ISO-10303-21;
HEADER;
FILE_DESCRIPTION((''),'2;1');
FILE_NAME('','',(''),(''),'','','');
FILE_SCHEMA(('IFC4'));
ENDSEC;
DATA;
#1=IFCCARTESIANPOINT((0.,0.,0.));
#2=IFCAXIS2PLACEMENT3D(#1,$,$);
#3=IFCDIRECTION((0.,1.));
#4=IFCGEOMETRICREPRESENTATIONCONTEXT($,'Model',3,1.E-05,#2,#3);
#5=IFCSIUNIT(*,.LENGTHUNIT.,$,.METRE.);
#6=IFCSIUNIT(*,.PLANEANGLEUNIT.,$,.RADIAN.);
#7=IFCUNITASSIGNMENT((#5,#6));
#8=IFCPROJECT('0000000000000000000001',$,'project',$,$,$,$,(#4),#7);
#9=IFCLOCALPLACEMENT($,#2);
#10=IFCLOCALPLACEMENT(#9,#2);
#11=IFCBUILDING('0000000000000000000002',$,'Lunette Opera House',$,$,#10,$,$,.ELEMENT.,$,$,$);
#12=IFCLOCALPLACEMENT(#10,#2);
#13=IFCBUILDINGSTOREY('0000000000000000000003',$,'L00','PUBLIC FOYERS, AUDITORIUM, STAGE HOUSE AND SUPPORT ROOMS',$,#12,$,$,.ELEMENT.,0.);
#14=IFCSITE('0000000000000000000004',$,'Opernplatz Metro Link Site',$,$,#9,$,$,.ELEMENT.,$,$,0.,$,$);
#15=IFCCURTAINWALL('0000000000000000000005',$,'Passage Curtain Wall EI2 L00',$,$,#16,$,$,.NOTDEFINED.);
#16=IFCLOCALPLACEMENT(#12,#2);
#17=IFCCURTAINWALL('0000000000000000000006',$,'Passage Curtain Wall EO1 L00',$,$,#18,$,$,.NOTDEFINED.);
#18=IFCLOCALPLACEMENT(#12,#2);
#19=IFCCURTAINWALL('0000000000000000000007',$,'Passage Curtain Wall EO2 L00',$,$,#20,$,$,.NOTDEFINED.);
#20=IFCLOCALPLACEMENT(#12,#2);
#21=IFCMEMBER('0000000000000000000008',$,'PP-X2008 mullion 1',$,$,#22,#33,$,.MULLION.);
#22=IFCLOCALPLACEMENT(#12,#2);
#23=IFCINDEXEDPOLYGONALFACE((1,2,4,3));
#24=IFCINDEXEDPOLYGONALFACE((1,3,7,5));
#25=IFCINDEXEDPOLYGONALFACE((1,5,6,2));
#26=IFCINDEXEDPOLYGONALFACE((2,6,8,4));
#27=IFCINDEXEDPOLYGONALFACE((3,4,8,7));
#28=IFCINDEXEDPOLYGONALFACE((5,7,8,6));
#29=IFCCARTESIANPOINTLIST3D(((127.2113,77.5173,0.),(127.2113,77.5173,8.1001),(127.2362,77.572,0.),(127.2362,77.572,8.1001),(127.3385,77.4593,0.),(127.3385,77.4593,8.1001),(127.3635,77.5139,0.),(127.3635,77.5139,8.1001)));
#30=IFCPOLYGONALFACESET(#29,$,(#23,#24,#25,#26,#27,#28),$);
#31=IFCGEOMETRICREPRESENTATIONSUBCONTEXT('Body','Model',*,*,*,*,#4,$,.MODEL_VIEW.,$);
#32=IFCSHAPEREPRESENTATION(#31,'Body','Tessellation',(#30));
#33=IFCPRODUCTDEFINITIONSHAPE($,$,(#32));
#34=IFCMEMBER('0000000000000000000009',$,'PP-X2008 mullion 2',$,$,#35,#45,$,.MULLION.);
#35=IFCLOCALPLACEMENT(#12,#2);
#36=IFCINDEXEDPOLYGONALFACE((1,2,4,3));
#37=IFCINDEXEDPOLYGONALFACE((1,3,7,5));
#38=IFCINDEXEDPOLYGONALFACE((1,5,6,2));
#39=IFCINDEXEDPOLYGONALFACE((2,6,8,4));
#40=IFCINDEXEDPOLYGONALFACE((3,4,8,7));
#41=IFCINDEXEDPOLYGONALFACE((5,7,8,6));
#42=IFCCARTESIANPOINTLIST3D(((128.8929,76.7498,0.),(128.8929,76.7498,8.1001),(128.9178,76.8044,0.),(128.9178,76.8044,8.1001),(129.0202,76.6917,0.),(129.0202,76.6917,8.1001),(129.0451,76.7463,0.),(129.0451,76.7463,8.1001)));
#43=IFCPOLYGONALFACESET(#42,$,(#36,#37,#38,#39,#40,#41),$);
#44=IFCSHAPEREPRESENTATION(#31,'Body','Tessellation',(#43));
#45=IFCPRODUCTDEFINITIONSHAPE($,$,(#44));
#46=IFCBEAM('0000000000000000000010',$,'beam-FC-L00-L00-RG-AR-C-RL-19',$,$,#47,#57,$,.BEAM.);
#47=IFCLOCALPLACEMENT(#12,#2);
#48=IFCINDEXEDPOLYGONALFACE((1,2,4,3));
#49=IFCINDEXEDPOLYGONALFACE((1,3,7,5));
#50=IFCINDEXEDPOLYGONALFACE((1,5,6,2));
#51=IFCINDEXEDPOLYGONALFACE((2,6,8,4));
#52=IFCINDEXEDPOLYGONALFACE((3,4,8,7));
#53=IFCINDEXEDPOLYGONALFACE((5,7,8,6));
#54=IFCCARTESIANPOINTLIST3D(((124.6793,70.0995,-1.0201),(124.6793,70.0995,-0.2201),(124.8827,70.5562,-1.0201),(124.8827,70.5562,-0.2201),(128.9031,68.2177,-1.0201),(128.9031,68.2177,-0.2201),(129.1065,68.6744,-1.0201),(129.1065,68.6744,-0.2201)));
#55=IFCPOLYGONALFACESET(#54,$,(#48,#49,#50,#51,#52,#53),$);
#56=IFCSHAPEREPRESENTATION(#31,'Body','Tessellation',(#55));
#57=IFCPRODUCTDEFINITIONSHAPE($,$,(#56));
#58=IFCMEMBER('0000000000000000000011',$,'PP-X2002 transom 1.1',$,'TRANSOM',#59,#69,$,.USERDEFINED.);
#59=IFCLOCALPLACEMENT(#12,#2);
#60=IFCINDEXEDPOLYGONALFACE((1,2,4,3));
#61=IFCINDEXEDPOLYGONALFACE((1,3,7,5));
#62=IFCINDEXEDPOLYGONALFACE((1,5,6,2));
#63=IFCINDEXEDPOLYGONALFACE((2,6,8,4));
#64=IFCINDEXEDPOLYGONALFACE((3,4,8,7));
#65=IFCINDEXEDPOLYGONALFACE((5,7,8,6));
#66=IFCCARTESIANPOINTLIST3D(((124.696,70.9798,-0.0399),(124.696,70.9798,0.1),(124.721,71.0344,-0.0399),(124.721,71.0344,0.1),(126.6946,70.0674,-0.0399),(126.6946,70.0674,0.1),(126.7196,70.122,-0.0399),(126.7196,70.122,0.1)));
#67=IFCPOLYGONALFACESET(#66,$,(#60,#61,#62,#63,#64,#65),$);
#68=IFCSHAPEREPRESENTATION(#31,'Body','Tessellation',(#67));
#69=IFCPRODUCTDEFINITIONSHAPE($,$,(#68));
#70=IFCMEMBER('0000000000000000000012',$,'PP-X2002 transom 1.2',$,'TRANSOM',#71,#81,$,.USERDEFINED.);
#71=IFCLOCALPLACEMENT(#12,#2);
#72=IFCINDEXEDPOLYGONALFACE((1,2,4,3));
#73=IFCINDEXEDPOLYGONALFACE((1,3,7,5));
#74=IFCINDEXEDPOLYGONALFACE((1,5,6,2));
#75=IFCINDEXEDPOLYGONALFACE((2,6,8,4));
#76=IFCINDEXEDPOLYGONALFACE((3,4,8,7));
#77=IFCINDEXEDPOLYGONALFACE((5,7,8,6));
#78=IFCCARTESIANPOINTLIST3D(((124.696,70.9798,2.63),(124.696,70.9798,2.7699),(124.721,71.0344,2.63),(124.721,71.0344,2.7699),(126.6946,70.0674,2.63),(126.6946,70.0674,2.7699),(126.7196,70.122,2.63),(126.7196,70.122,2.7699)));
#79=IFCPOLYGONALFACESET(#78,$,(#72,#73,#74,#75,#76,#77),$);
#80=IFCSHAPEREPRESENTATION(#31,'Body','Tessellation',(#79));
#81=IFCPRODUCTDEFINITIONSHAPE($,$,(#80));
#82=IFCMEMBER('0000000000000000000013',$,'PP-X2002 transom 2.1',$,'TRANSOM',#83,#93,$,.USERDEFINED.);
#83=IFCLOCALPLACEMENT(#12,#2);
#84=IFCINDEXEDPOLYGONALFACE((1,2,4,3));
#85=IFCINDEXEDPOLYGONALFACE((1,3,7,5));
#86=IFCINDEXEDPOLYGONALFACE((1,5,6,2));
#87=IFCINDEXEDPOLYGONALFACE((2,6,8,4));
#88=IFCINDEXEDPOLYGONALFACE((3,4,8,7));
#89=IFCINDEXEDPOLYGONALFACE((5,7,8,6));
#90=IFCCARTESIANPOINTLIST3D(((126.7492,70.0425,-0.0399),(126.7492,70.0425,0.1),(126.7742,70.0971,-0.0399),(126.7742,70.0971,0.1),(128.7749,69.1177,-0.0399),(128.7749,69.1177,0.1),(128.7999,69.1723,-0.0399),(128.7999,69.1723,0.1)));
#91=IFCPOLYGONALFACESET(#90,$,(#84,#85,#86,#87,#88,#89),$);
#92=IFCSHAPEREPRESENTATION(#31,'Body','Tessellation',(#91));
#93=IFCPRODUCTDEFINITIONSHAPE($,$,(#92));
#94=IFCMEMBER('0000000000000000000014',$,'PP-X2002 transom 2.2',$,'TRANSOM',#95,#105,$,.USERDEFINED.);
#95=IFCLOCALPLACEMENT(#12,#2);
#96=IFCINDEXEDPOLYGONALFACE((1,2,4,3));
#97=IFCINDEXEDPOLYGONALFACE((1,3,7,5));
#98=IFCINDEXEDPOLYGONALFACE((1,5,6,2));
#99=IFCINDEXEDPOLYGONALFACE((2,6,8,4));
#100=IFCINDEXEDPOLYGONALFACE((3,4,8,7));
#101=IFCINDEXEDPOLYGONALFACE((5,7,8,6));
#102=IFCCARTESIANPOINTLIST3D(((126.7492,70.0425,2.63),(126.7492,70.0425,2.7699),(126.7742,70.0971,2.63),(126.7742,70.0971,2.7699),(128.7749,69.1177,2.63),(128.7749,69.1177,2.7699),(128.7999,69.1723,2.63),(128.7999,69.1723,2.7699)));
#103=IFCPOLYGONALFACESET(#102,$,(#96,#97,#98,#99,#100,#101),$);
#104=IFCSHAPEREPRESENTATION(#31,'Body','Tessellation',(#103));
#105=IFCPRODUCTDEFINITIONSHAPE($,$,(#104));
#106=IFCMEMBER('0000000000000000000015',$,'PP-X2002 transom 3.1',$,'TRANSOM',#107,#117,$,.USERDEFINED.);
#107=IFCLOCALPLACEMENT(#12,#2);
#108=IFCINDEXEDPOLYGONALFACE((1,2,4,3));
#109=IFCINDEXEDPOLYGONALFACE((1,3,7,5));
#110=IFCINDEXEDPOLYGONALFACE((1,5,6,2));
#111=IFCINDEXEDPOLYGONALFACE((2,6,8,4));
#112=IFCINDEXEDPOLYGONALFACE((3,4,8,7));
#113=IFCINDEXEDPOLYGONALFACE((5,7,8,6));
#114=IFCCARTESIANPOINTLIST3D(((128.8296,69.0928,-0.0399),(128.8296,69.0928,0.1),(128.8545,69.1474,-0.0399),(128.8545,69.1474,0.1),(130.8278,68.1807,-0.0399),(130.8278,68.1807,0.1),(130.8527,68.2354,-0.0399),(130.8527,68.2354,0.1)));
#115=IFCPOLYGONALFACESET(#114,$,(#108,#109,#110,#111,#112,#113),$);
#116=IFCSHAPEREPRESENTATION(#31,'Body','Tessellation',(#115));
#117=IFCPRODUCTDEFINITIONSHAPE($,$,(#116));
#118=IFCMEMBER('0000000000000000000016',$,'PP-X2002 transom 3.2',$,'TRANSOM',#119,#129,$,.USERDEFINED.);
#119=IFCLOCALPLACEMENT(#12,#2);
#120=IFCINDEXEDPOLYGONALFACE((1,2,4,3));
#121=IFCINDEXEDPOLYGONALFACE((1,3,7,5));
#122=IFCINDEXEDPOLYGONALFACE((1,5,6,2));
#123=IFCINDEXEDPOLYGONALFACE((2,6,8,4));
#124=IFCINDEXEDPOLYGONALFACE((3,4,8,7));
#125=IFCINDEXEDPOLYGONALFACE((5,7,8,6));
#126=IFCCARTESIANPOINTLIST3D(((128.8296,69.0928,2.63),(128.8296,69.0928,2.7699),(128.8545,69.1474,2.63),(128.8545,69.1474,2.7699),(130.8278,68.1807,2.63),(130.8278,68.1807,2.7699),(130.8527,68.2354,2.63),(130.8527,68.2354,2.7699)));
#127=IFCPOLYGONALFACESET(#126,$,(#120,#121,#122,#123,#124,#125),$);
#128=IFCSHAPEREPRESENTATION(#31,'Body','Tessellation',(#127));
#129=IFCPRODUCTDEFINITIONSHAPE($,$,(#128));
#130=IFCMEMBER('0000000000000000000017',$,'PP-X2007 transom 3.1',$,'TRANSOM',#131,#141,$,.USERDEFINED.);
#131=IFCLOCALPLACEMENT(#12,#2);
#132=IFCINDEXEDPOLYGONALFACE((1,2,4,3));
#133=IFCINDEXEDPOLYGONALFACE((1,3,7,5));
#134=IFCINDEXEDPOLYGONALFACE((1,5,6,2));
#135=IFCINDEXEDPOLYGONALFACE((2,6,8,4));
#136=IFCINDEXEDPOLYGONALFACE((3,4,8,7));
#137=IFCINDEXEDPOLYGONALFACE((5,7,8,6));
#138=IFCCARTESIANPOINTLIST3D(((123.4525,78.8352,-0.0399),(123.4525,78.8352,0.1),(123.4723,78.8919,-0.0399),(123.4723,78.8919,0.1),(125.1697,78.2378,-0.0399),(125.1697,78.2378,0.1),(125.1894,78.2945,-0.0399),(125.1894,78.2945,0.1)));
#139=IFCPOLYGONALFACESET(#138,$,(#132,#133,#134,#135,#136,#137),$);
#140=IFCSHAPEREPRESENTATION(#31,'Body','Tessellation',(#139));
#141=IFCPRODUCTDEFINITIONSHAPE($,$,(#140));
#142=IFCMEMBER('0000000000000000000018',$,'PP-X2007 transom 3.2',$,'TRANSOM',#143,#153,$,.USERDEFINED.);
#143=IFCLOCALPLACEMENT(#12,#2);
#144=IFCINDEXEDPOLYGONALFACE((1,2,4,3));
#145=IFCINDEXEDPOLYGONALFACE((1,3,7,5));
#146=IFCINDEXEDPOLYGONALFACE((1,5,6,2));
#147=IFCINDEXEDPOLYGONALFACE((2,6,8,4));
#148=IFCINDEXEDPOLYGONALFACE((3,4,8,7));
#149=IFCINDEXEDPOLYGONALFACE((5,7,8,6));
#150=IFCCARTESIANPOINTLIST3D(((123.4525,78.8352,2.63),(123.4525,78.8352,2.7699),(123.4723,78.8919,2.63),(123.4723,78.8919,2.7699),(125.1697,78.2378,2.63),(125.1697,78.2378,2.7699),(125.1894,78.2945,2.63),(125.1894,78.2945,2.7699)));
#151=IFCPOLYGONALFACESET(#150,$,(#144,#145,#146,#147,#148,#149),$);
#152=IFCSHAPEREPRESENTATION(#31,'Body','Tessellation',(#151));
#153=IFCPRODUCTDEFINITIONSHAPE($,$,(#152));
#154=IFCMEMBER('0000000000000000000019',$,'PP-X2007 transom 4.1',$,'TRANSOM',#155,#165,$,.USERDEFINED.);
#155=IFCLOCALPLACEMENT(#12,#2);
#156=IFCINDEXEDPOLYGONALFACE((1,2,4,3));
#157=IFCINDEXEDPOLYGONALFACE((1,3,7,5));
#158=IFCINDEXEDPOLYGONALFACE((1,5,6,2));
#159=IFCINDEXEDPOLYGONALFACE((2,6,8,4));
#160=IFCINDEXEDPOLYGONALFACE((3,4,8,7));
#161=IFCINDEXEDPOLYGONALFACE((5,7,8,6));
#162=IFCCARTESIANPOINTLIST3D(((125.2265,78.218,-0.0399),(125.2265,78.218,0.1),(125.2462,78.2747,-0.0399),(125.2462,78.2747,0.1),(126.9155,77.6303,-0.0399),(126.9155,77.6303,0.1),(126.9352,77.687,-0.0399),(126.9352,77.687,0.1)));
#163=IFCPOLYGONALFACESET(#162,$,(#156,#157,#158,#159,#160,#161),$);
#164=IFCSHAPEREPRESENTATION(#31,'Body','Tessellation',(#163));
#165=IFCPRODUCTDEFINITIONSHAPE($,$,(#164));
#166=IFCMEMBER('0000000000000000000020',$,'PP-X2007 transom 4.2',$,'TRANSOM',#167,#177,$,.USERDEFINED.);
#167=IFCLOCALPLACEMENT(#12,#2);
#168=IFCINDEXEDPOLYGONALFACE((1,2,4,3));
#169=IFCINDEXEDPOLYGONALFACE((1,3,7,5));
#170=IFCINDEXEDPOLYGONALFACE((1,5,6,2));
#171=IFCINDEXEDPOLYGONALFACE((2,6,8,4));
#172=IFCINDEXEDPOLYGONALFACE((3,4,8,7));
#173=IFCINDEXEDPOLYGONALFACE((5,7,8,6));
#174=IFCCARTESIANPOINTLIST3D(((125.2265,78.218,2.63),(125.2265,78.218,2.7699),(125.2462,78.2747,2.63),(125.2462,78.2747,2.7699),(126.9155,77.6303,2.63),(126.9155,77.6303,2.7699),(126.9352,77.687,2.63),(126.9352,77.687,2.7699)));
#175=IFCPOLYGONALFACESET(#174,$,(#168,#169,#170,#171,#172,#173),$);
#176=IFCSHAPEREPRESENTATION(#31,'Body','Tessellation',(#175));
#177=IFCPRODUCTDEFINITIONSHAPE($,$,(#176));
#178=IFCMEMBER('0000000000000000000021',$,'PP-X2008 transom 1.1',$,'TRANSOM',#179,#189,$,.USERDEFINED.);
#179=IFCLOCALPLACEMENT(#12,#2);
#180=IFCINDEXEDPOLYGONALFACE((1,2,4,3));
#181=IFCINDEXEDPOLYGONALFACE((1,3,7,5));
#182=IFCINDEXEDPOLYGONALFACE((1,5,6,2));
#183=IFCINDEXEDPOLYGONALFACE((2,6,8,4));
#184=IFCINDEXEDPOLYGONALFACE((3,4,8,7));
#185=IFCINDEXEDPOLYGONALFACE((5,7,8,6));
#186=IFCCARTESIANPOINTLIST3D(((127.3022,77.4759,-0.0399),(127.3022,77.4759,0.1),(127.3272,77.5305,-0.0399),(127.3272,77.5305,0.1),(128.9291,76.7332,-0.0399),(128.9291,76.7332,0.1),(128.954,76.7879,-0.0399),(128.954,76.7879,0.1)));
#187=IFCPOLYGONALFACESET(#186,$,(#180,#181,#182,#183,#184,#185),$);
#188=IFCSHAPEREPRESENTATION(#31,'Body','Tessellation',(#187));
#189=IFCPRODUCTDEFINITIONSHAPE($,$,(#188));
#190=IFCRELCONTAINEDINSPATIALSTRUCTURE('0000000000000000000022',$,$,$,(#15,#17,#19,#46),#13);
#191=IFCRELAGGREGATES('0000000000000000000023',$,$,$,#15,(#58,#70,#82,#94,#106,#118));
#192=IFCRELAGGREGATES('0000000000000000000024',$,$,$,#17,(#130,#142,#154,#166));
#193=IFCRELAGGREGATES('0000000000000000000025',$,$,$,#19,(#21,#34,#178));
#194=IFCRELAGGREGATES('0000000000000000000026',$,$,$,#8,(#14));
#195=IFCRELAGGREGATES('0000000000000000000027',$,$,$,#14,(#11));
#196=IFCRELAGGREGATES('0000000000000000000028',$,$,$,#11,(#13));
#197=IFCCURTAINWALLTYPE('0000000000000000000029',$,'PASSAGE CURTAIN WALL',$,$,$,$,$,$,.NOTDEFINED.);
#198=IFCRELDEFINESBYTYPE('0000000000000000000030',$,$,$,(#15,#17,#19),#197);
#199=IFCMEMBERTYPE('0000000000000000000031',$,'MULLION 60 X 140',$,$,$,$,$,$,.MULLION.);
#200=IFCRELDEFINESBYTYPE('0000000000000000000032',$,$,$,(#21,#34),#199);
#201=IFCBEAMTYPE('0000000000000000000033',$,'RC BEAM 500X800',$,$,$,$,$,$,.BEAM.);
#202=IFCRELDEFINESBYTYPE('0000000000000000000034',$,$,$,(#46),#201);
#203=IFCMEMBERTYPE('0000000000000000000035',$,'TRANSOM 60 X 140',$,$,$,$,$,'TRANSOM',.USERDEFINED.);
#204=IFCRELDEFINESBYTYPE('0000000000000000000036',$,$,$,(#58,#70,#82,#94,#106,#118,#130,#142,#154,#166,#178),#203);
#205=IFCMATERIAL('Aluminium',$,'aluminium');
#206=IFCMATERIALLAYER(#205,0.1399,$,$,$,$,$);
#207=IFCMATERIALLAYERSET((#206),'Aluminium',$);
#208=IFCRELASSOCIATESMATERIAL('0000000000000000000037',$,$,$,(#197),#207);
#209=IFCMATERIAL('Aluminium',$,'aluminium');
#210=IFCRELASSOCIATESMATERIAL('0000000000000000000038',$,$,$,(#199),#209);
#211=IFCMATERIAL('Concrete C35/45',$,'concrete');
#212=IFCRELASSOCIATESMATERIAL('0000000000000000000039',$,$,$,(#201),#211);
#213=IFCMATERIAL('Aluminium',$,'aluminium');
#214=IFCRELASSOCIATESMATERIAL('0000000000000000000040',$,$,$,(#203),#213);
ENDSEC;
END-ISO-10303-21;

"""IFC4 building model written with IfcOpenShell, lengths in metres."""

from ifc_helpers import new_model, si_unit, direction, frame, origin, origin_2d, place, context, subcontext, project, spatial, rectangle, extrude, material, layer, layer_set, material_profile, profile_set, type_object, element, aggregate, save


model = new_model("IFC4")

# Units and contexts
model_context = context("Model", 3, precision=1e-05, world=origin(), true_north=direction((0.0, 1.0)))
body_context = subcontext(model_context, "Body", "Model", "MODEL_VIEW")
ifc_project = project(units=[si_unit("LENGTHUNIT", "METRE"), si_unit("PLANEANGLEUNIT", "RADIAN")], contexts=[model_context])

# Site, building, storey
site_placement = place(None, origin())
site = spatial("IfcSite", under=ifc_project, at=site_placement, Name="Opernplatz Metro Link Site", CompositionType="ELEMENT", RefElevation=0.0)
building_placement = place(site_placement, origin())
building = spatial("IfcBuilding", under=site, at=building_placement, Name="Lunette Opera House", CompositionType="ELEMENT")
storey_placement = place(building_placement, origin())
storey = spatial("IfcBuildingStorey", under=building, at=storey_placement, Name="L00", Description="PUBLIC FOYERS, AUDITORIUM, STAGE HOUSE AND SUPPORT ROOMS", CompositionType="ELEMENT", Elevation=0.0)

# Shared definitions
ifc_material_1 = material(Name="Aluminium", Category="aluminium")
ifc_layer_1 = layer(ifc_material_1, 0.1399)
ifc_layer_set_1 = layer_set([ifc_layer_1], Name="Aluminium")
curtain_wall_type = type_object("IfcCurtainWallType", Name="PASSAGE CURTAIN WALL", PredefinedType="NOTDEFINED", material=ifc_layer_set_1)
ifc_material_2 = material(Name="Aluminium", Category="aluminium")
ifc_material_profile_1 = material_profile(ifc_material_2, rectangle(XDim=0.0601, YDim=0.1399, at=origin_2d()), Name="MULLION 60 X 140")
ifc_profile_set_1 = profile_set([ifc_material_profile_1], Name="Aluminium")
member_type_1 = type_object("IfcMemberType", Name="MULLION 60 X 140", PredefinedType="MULLION", material=ifc_profile_set_1)

# Curtain walls, members
curtain_wall_1_placement = place(storey_placement, origin())
curtain_wall_1 = element("IfcCurtainWall", 1, at=curtain_wall_1_placement, inside=storey, type_object=curtain_wall_type, Name="Passage Curtain Wall EI2 L00", PredefinedType="NOTDEFINED")
curtain_wall_2_placement = place(storey_placement, origin())
curtain_wall_2 = element("IfcCurtainWall", 2, at=curtain_wall_2_placement, inside=storey, type_object=curtain_wall_type, Name="Passage Curtain Wall EO1 L00", PredefinedType="NOTDEFINED")
curtain_wall_3_placement = place(storey_placement, origin())
curtain_wall_3 = element("IfcCurtainWall", 3, at=curtain_wall_3_placement, inside=storey, type_object=curtain_wall_type, Name="Passage Curtain Wall EO2 L00", PredefinedType="NOTDEFINED")
member_1_placement = place(storey_placement, frame((127.2874, 77.5156, 0.0), z_axis=(0.0, 0.0, 1.0), x_axis=(0.415206, 0.909727, 0.0)))
member_1 = element("IfcMember", 4, at=member_1_placement, type_object=member_type_1, Name="PP-X2008 mullion 1", PredefinedType="MULLION", context=body_context, shape_type="SweptSolid", body=[
    extrude(rectangle(XDim=0.0601, YDim=0.1399, at=origin_2d()), origin(), (0.0, 0.0, 1.0), 8.1001),
])
member_2_placement = place(storey_placement, frame((128.969, 76.748, 0.0), z_axis=(0.0, 0.0, 1.0), x_axis=(0.415206, 0.909727, 0.0)))
member_2 = element("IfcMember", 5, at=member_2_placement, type_object=member_type_1, Name="PP-X2008 mullion 2", PredefinedType="MULLION", context=body_context, shape_type="SweptSolid", body=[
    extrude(rectangle(XDim=0.0601, YDim=0.1399, at=origin_2d()), origin(), (0.0, 0.0, 1.0), 8.1001),
])

# Beam
ifc_material_3 = material(Name="Concrete C35/45", Category="concrete")
ifc_material_profile_2 = material_profile(ifc_material_3, rectangle(XDim=0.5, YDim=0.8, at=origin_2d()), Name="RC BEAM 500X800")
ifc_profile_set_2 = profile_set([ifc_material_profile_2], Name="Concrete C35/45")
beam_type = type_object("IfcBeamType", Name="RC BEAM 500X800", PredefinedType="BEAM", material=ifc_profile_set_2)
beam_placement = place(storey_placement, frame((124.781, 70.3279, -0.6201), z_axis=(0.913445, -0.406961, 0.0), x_axis=(0.406961, 0.913445, 0.0)))
element("IfcBeam", 6, at=beam_placement, inside=storey, type_object=beam_type, Name="beam-FC-L00-L00-RG-AR-C-RL-19", PredefinedType="BEAM", context=body_context, shape_type="SweptSolid", body=[
    extrude(rectangle(XDim=0.5, YDim=0.8, at=origin_2d()), origin(), (0.0, 0.0, 1.0), 4.624),
])

# Members
ifc_material_4 = material(Name="Aluminium", Category="aluminium")
ifc_material_profile_3 = material_profile(ifc_material_4, rectangle(XDim=0.0601, YDim=0.1399, at=origin_2d()), Name="TRANSOM 60 X 140")
ifc_profile_set_3 = profile_set([ifc_material_profile_3], Name="Aluminium")
member_type_2 = type_object("IfcMemberType", Name="TRANSOM 60 X 140", ElementType="TRANSOM", PredefinedType="USERDEFINED", material=ifc_profile_set_3)
member_3_placement = place(storey_placement, frame((124.7085, 71.0071, 0.03), z_axis=(0.909692, -0.415284, 0.0), x_axis=(0.415284, 0.909692, 0.0)))
member_3 = element("IfcMember", 7, at=member_3_placement, type_object=member_type_2, Name="PP-X2002 transom 1.1", ObjectType="TRANSOM", PredefinedType="USERDEFINED", context=body_context, shape_type="SweptSolid", body=[
    extrude(rectangle(XDim=0.0601, YDim=0.1399, at=origin_2d()), origin(), (0.0, 0.0, 1.0), 2.197),
])
member_4_placement = place(storey_placement, frame((124.7085, 71.0071, 2.7), z_axis=(0.909692, -0.415284, 0.0), x_axis=(0.415284, 0.909692, 0.0)))
member_4 = element("IfcMember", 8, at=member_4_placement, type_object=member_type_2, Name="PP-X2002 transom 1.2", ObjectType="TRANSOM", PredefinedType="USERDEFINED", context=body_context, shape_type="SweptSolid", body=[
    extrude(rectangle(XDim=0.0601, YDim=0.1399, at=origin_2d()), origin(), (0.0, 0.0, 1.0), 2.197),
])
member_5_placement = place(storey_placement, frame((126.7617, 70.0698, 0.03), z_axis=(0.909678, -0.415314, 0.0), x_axis=(0.415314, 0.909678, 0.0)))
member_5 = element("IfcMember", 9, at=member_5_placement, type_object=member_type_2, Name="PP-X2002 transom 2.1", ObjectType="TRANSOM", PredefinedType="USERDEFINED", context=body_context, shape_type="SweptSolid", body=[
    extrude(rectangle(XDim=0.0601, YDim=0.1399, at=origin_2d()), origin(), (0.0, 0.0, 1.0), 2.2268),
])
member_6_placement = place(storey_placement, frame((126.7617, 70.0698, 2.7), z_axis=(0.909678, -0.415314, 0.0), x_axis=(0.415314, 0.909678, 0.0)))
member_6 = element("IfcMember", 10, at=member_6_placement, type_object=member_type_2, Name="PP-X2002 transom 2.2", ObjectType="TRANSOM", PredefinedType="USERDEFINED", context=body_context, shape_type="SweptSolid", body=[
    extrude(rectangle(XDim=0.0601, YDim=0.1399, at=origin_2d()), origin(), (0.0, 0.0, 1.0), 2.2268),
])
member_7_placement = place(storey_placement, frame((128.842, 69.1201, 0.03), z_axis=(0.909714, -0.415234, 0.0), x_axis=(0.415234, 0.909714, 0.0)))
member_7 = element("IfcMember", 11, at=member_7_placement, type_object=member_type_2, Name="PP-X2002 transom 3.1", ObjectType="TRANSOM", PredefinedType="USERDEFINED", context=body_context, shape_type="SweptSolid", body=[
    extrude(rectangle(XDim=0.0601, YDim=0.1399, at=origin_2d()), origin(), (0.0, 0.0, 1.0), 2.1965),
])
member_8_placement = place(storey_placement, frame((128.842, 69.1201, 2.7), z_axis=(0.909714, -0.415234, 0.0), x_axis=(0.415234, 0.909714, 0.0)))
member_8 = element("IfcMember", 12, at=member_8_placement, type_object=member_type_2, Name="PP-X2002 transom 3.2", ObjectType="TRANSOM", PredefinedType="USERDEFINED", context=body_context, shape_type="SweptSolid", body=[
    extrude(rectangle(XDim=0.0601, YDim=0.1399, at=origin_2d()), origin(), (0.0, 0.0, 1.0), 2.1965),
])
member_9_placement = place(storey_placement, frame((123.4624, 78.8635, 0.03), z_axis=(0.94448, -0.328567, 0.0), x_axis=(0.328567, 0.94448, 0.0)))
member_9 = element("IfcMember", 13, at=member_9_placement, type_object=member_type_2, Name="PP-X2007 transom 3.1", ObjectType="TRANSOM", PredefinedType="USERDEFINED", context=body_context, shape_type="SweptSolid", body=[
    extrude(rectangle(XDim=0.0601, YDim=0.1399, at=origin_2d()), origin(), (0.0, 0.0, 1.0), 1.8181),
])
member_10_placement = place(storey_placement, frame((123.4624, 78.8635, 2.7), z_axis=(0.94448, -0.328567, 0.0), x_axis=(0.328567, 0.94448, 0.0)))
member_10 = element("IfcMember", 14, at=member_10_placement, type_object=member_type_2, Name="PP-X2007 transom 3.2", ObjectType="TRANSOM", PredefinedType="USERDEFINED", context=body_context, shape_type="SweptSolid", body=[
    extrude(rectangle(XDim=0.0601, YDim=0.1399, at=origin_2d()), origin(), (0.0, 0.0, 1.0), 1.8181),
])
member_11_placement = place(storey_placement, frame((125.2363, 78.2463, 0.03), z_axis=(0.944465, -0.328611, 0.0), x_axis=(0.328611, 0.944465, 0.0)))
member_11 = element("IfcMember", 15, at=member_11_placement, type_object=member_type_2, Name="PP-X2007 transom 4.1", ObjectType="TRANSOM", PredefinedType="USERDEFINED", context=body_context, shape_type="SweptSolid", body=[
    extrude(rectangle(XDim=0.0601, YDim=0.1399, at=origin_2d()), origin(), (0.0, 0.0, 1.0), 1.7883),
])
member_12_placement = place(storey_placement, frame((125.2363, 78.2463, 2.7), z_axis=(0.944465, -0.328611, 0.0), x_axis=(0.328611, 0.944465, 0.0)))
member_12 = element("IfcMember", 16, at=member_12_placement, type_object=member_type_2, Name="PP-X2007 transom 4.2", ObjectType="TRANSOM", PredefinedType="USERDEFINED", context=body_context, shape_type="SweptSolid", body=[
    extrude(rectangle(XDim=0.0601, YDim=0.1399, at=origin_2d()), origin(), (0.0, 0.0, 1.0), 1.7883),
])
member_13_placement = place(storey_placement, frame((127.3147, 77.5032, 0.03), z_axis=(0.909701, -0.415263, 0.0), x_axis=(0.415263, 0.909701, 0.0)))
member_13 = element("IfcMember", 17, at=member_13_placement, type_object=member_type_2, Name="PP-X2008 transom 1.1", ObjectType="TRANSOM", PredefinedType="USERDEFINED", context=body_context, shape_type="SweptSolid", body=[
    extrude(rectangle(XDim=0.0601, YDim=0.1399, at=origin_2d()), origin(), (0.0, 0.0, 1.0), 1.7883),
])

aggregate(curtain_wall_1, [member_3, member_4, member_5, member_6, member_7, member_8])
aggregate(curtain_wall_2, [member_9, member_10, member_11, member_12])
aggregate(curtain_wall_3, [member_1, member_2, member_13])

save(model, "model.ifc")
